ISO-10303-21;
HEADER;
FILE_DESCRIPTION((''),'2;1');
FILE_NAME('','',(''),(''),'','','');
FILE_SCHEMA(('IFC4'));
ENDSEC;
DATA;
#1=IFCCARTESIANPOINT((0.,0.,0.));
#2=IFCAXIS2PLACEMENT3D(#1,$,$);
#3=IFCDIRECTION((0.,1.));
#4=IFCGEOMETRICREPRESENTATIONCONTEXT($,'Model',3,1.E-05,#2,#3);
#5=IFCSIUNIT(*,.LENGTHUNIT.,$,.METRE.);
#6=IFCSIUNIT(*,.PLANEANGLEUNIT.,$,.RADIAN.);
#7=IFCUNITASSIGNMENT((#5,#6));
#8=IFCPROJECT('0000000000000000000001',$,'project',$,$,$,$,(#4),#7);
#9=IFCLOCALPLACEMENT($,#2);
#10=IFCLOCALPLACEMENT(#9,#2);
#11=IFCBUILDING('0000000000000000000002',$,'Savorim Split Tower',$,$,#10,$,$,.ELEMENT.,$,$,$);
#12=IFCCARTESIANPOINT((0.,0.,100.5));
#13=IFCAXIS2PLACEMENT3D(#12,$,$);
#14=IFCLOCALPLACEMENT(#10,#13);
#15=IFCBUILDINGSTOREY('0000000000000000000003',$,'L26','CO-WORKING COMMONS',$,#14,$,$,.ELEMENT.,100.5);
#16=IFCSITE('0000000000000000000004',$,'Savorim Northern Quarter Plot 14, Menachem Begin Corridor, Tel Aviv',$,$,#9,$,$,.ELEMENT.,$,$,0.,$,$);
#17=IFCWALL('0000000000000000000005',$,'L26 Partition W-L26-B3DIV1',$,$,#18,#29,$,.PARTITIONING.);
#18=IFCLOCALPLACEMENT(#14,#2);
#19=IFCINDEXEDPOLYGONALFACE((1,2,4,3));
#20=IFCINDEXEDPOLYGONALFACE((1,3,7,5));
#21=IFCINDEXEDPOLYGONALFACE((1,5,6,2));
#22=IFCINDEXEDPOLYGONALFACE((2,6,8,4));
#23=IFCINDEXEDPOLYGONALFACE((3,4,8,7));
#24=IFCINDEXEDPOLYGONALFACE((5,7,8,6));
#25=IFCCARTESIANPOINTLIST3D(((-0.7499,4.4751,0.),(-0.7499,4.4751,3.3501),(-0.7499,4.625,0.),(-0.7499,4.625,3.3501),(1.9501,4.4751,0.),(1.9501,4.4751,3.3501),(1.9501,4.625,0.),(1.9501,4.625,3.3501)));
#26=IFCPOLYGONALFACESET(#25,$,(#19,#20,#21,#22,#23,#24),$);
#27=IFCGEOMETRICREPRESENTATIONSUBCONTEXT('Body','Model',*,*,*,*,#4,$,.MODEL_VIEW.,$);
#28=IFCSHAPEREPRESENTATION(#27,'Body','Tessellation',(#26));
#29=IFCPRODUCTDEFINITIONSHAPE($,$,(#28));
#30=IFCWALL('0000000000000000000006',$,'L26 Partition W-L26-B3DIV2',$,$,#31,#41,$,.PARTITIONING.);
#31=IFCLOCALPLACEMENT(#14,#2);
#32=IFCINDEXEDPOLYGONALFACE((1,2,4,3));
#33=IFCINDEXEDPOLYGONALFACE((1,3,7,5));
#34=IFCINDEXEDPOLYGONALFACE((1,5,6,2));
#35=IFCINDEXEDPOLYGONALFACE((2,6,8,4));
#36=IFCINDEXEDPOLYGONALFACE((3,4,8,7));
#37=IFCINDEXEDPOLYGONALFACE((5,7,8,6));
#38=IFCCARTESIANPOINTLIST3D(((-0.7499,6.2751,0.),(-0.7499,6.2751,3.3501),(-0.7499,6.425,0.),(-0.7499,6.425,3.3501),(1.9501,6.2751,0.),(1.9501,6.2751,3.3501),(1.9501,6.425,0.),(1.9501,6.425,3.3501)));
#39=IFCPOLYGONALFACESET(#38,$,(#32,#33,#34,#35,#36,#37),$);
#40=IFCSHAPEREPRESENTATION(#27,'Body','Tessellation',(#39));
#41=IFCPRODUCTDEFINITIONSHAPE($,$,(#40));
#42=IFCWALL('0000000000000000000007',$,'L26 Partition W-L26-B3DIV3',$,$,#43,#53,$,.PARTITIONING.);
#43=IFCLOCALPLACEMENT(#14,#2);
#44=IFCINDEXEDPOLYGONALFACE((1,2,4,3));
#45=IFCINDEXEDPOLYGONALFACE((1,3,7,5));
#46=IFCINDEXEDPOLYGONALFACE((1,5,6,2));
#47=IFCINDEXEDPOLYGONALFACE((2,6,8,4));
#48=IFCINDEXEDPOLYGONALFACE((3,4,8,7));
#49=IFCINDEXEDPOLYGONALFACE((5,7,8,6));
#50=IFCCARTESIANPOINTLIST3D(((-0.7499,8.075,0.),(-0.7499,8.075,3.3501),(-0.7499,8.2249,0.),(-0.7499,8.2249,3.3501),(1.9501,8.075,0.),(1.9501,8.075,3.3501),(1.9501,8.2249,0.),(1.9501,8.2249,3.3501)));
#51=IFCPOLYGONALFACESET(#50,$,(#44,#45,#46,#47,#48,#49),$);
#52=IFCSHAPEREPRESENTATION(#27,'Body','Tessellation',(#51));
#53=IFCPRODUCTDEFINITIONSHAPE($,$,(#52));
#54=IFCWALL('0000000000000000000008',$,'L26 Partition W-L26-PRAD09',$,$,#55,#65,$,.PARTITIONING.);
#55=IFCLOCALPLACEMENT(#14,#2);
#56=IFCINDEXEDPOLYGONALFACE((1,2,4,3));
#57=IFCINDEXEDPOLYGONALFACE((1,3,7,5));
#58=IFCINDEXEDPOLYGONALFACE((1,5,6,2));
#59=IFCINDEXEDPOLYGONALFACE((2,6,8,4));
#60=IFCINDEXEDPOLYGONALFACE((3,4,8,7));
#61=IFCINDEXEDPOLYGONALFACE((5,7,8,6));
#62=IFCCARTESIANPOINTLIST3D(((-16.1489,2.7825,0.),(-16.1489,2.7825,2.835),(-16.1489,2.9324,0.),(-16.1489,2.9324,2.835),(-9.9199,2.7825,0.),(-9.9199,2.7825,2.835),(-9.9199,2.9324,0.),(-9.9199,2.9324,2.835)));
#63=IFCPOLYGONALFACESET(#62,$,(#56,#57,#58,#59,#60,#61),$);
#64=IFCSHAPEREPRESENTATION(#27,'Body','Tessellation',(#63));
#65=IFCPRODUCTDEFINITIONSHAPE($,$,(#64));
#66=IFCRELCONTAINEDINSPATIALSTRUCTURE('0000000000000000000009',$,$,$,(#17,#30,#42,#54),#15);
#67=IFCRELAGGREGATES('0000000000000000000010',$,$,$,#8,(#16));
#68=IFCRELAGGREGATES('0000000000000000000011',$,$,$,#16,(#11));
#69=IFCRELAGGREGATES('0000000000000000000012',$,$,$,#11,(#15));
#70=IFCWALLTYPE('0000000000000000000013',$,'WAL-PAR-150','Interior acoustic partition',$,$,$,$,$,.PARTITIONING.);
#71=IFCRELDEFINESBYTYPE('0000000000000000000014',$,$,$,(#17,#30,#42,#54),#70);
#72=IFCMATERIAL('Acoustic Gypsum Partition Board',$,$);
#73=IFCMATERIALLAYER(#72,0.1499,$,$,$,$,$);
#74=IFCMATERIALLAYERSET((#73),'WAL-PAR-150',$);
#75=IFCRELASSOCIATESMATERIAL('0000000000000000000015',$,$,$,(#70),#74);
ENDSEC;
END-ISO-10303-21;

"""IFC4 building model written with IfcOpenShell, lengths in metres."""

from ifc_helpers import new_model, si_unit, direction, frame, frame_2d, origin, place, context, subcontext, project, spatial, rectangle, extrude, material, layer, layer_set, type_object, element, save


model = new_model("IFC4")

# Units and contexts
model_context = context("Model", 3, precision=1e-05, world=origin(), true_north=direction((0.0, 1.0)))
body_context = subcontext(model_context, "Body", "Model", "MODEL_VIEW")
ifc_project = project(units=[si_unit("LENGTHUNIT", "METRE"), si_unit("PLANEANGLEUNIT", "RADIAN")], contexts=[model_context])

# Site, building, storey
site_placement = place(None, origin())
site = spatial("IfcSite", under=ifc_project, at=site_placement, Name="Savorim Northern Quarter Plot 14, Menachem Begin Corridor, Tel Aviv", CompositionType="ELEMENT", RefElevation=0.0)
building_placement = place(site_placement, origin())
building = spatial("IfcBuilding", under=site, at=building_placement, Name="Savorim Split Tower", CompositionType="ELEMENT")
storey_placement = place(building_placement, frame((0.0, 0.0, 100.5)))
storey = spatial("IfcBuildingStorey", under=building, at=storey_placement, Name="L26", Description="CO-WORKING COMMONS", CompositionType="ELEMENT", Elevation=100.5)

# Walls
ifc_material_1 = material(Name="Acoustic Gypsum Partition Board")
ifc_layer_1 = layer(ifc_material_1, 0.1499)
ifc_layer_set_1 = layer_set([ifc_layer_1], Name="WAL-PAR-150")
wall_type_1 = type_object("IfcWallType", Name="WAL-PAR-150", Description="Interior acoustic partition", PredefinedType="PARTITIONING", material=ifc_layer_set_1)
for number, where, z_axis, x_axis, name in (
    (1, (-0.75, 4.55, 0.0), (0.0, 0.0, 1.0), (1.0, 0.0, 0.0), "L26 Partition W-L26-B3DIV1"),
    (2, (-0.75, 6.3501, 0.0), (0.0, 0.0, 1.0), (1.0, 0.0, 0.0), "L26 Partition W-L26-B3DIV2"),
    (3, (-0.75, 8.1499, 0.0), (0.0, 0.0, 1.0), (1.0, 0.0, 0.0), "L26 Partition W-L26-B3DIV3"),
):
    element("IfcWall", number, at=place(storey_placement, frame(where, z_axis=z_axis, x_axis=x_axis)), inside=storey, type_object=wall_type_1, Name=name, PredefinedType="PARTITIONING", context=body_context, shape_type="SweptSolid", body=[
        extrude(rectangle(XDim=2.7, YDim=0.1499, at=frame_2d((1.3501, 0.0))), origin(), (0.0, 0.0, 1.0), 3.3501),
    ])
wall_1_placement = place(storey_placement, frame((-9.9199, 2.8574, 0.0), z_axis=(0.0, 0.0, 1.0), x_axis=(-1.0, 0.0, 0.0)))
element("IfcWall", 4, at=wall_1_placement, inside=storey, type_object=wall_type_1, Name="L26 Partition W-L26-PRAD09", PredefinedType="PARTITIONING", context=body_context, shape_type="SweptSolid", body=[
    extrude(rectangle(XDim=6.229, YDim=0.1499, at=frame_2d((3.1145, 0.0))), origin(), (0.0, 0.0, 1.0), 2.835),
])

save(model, "model.ifc")
